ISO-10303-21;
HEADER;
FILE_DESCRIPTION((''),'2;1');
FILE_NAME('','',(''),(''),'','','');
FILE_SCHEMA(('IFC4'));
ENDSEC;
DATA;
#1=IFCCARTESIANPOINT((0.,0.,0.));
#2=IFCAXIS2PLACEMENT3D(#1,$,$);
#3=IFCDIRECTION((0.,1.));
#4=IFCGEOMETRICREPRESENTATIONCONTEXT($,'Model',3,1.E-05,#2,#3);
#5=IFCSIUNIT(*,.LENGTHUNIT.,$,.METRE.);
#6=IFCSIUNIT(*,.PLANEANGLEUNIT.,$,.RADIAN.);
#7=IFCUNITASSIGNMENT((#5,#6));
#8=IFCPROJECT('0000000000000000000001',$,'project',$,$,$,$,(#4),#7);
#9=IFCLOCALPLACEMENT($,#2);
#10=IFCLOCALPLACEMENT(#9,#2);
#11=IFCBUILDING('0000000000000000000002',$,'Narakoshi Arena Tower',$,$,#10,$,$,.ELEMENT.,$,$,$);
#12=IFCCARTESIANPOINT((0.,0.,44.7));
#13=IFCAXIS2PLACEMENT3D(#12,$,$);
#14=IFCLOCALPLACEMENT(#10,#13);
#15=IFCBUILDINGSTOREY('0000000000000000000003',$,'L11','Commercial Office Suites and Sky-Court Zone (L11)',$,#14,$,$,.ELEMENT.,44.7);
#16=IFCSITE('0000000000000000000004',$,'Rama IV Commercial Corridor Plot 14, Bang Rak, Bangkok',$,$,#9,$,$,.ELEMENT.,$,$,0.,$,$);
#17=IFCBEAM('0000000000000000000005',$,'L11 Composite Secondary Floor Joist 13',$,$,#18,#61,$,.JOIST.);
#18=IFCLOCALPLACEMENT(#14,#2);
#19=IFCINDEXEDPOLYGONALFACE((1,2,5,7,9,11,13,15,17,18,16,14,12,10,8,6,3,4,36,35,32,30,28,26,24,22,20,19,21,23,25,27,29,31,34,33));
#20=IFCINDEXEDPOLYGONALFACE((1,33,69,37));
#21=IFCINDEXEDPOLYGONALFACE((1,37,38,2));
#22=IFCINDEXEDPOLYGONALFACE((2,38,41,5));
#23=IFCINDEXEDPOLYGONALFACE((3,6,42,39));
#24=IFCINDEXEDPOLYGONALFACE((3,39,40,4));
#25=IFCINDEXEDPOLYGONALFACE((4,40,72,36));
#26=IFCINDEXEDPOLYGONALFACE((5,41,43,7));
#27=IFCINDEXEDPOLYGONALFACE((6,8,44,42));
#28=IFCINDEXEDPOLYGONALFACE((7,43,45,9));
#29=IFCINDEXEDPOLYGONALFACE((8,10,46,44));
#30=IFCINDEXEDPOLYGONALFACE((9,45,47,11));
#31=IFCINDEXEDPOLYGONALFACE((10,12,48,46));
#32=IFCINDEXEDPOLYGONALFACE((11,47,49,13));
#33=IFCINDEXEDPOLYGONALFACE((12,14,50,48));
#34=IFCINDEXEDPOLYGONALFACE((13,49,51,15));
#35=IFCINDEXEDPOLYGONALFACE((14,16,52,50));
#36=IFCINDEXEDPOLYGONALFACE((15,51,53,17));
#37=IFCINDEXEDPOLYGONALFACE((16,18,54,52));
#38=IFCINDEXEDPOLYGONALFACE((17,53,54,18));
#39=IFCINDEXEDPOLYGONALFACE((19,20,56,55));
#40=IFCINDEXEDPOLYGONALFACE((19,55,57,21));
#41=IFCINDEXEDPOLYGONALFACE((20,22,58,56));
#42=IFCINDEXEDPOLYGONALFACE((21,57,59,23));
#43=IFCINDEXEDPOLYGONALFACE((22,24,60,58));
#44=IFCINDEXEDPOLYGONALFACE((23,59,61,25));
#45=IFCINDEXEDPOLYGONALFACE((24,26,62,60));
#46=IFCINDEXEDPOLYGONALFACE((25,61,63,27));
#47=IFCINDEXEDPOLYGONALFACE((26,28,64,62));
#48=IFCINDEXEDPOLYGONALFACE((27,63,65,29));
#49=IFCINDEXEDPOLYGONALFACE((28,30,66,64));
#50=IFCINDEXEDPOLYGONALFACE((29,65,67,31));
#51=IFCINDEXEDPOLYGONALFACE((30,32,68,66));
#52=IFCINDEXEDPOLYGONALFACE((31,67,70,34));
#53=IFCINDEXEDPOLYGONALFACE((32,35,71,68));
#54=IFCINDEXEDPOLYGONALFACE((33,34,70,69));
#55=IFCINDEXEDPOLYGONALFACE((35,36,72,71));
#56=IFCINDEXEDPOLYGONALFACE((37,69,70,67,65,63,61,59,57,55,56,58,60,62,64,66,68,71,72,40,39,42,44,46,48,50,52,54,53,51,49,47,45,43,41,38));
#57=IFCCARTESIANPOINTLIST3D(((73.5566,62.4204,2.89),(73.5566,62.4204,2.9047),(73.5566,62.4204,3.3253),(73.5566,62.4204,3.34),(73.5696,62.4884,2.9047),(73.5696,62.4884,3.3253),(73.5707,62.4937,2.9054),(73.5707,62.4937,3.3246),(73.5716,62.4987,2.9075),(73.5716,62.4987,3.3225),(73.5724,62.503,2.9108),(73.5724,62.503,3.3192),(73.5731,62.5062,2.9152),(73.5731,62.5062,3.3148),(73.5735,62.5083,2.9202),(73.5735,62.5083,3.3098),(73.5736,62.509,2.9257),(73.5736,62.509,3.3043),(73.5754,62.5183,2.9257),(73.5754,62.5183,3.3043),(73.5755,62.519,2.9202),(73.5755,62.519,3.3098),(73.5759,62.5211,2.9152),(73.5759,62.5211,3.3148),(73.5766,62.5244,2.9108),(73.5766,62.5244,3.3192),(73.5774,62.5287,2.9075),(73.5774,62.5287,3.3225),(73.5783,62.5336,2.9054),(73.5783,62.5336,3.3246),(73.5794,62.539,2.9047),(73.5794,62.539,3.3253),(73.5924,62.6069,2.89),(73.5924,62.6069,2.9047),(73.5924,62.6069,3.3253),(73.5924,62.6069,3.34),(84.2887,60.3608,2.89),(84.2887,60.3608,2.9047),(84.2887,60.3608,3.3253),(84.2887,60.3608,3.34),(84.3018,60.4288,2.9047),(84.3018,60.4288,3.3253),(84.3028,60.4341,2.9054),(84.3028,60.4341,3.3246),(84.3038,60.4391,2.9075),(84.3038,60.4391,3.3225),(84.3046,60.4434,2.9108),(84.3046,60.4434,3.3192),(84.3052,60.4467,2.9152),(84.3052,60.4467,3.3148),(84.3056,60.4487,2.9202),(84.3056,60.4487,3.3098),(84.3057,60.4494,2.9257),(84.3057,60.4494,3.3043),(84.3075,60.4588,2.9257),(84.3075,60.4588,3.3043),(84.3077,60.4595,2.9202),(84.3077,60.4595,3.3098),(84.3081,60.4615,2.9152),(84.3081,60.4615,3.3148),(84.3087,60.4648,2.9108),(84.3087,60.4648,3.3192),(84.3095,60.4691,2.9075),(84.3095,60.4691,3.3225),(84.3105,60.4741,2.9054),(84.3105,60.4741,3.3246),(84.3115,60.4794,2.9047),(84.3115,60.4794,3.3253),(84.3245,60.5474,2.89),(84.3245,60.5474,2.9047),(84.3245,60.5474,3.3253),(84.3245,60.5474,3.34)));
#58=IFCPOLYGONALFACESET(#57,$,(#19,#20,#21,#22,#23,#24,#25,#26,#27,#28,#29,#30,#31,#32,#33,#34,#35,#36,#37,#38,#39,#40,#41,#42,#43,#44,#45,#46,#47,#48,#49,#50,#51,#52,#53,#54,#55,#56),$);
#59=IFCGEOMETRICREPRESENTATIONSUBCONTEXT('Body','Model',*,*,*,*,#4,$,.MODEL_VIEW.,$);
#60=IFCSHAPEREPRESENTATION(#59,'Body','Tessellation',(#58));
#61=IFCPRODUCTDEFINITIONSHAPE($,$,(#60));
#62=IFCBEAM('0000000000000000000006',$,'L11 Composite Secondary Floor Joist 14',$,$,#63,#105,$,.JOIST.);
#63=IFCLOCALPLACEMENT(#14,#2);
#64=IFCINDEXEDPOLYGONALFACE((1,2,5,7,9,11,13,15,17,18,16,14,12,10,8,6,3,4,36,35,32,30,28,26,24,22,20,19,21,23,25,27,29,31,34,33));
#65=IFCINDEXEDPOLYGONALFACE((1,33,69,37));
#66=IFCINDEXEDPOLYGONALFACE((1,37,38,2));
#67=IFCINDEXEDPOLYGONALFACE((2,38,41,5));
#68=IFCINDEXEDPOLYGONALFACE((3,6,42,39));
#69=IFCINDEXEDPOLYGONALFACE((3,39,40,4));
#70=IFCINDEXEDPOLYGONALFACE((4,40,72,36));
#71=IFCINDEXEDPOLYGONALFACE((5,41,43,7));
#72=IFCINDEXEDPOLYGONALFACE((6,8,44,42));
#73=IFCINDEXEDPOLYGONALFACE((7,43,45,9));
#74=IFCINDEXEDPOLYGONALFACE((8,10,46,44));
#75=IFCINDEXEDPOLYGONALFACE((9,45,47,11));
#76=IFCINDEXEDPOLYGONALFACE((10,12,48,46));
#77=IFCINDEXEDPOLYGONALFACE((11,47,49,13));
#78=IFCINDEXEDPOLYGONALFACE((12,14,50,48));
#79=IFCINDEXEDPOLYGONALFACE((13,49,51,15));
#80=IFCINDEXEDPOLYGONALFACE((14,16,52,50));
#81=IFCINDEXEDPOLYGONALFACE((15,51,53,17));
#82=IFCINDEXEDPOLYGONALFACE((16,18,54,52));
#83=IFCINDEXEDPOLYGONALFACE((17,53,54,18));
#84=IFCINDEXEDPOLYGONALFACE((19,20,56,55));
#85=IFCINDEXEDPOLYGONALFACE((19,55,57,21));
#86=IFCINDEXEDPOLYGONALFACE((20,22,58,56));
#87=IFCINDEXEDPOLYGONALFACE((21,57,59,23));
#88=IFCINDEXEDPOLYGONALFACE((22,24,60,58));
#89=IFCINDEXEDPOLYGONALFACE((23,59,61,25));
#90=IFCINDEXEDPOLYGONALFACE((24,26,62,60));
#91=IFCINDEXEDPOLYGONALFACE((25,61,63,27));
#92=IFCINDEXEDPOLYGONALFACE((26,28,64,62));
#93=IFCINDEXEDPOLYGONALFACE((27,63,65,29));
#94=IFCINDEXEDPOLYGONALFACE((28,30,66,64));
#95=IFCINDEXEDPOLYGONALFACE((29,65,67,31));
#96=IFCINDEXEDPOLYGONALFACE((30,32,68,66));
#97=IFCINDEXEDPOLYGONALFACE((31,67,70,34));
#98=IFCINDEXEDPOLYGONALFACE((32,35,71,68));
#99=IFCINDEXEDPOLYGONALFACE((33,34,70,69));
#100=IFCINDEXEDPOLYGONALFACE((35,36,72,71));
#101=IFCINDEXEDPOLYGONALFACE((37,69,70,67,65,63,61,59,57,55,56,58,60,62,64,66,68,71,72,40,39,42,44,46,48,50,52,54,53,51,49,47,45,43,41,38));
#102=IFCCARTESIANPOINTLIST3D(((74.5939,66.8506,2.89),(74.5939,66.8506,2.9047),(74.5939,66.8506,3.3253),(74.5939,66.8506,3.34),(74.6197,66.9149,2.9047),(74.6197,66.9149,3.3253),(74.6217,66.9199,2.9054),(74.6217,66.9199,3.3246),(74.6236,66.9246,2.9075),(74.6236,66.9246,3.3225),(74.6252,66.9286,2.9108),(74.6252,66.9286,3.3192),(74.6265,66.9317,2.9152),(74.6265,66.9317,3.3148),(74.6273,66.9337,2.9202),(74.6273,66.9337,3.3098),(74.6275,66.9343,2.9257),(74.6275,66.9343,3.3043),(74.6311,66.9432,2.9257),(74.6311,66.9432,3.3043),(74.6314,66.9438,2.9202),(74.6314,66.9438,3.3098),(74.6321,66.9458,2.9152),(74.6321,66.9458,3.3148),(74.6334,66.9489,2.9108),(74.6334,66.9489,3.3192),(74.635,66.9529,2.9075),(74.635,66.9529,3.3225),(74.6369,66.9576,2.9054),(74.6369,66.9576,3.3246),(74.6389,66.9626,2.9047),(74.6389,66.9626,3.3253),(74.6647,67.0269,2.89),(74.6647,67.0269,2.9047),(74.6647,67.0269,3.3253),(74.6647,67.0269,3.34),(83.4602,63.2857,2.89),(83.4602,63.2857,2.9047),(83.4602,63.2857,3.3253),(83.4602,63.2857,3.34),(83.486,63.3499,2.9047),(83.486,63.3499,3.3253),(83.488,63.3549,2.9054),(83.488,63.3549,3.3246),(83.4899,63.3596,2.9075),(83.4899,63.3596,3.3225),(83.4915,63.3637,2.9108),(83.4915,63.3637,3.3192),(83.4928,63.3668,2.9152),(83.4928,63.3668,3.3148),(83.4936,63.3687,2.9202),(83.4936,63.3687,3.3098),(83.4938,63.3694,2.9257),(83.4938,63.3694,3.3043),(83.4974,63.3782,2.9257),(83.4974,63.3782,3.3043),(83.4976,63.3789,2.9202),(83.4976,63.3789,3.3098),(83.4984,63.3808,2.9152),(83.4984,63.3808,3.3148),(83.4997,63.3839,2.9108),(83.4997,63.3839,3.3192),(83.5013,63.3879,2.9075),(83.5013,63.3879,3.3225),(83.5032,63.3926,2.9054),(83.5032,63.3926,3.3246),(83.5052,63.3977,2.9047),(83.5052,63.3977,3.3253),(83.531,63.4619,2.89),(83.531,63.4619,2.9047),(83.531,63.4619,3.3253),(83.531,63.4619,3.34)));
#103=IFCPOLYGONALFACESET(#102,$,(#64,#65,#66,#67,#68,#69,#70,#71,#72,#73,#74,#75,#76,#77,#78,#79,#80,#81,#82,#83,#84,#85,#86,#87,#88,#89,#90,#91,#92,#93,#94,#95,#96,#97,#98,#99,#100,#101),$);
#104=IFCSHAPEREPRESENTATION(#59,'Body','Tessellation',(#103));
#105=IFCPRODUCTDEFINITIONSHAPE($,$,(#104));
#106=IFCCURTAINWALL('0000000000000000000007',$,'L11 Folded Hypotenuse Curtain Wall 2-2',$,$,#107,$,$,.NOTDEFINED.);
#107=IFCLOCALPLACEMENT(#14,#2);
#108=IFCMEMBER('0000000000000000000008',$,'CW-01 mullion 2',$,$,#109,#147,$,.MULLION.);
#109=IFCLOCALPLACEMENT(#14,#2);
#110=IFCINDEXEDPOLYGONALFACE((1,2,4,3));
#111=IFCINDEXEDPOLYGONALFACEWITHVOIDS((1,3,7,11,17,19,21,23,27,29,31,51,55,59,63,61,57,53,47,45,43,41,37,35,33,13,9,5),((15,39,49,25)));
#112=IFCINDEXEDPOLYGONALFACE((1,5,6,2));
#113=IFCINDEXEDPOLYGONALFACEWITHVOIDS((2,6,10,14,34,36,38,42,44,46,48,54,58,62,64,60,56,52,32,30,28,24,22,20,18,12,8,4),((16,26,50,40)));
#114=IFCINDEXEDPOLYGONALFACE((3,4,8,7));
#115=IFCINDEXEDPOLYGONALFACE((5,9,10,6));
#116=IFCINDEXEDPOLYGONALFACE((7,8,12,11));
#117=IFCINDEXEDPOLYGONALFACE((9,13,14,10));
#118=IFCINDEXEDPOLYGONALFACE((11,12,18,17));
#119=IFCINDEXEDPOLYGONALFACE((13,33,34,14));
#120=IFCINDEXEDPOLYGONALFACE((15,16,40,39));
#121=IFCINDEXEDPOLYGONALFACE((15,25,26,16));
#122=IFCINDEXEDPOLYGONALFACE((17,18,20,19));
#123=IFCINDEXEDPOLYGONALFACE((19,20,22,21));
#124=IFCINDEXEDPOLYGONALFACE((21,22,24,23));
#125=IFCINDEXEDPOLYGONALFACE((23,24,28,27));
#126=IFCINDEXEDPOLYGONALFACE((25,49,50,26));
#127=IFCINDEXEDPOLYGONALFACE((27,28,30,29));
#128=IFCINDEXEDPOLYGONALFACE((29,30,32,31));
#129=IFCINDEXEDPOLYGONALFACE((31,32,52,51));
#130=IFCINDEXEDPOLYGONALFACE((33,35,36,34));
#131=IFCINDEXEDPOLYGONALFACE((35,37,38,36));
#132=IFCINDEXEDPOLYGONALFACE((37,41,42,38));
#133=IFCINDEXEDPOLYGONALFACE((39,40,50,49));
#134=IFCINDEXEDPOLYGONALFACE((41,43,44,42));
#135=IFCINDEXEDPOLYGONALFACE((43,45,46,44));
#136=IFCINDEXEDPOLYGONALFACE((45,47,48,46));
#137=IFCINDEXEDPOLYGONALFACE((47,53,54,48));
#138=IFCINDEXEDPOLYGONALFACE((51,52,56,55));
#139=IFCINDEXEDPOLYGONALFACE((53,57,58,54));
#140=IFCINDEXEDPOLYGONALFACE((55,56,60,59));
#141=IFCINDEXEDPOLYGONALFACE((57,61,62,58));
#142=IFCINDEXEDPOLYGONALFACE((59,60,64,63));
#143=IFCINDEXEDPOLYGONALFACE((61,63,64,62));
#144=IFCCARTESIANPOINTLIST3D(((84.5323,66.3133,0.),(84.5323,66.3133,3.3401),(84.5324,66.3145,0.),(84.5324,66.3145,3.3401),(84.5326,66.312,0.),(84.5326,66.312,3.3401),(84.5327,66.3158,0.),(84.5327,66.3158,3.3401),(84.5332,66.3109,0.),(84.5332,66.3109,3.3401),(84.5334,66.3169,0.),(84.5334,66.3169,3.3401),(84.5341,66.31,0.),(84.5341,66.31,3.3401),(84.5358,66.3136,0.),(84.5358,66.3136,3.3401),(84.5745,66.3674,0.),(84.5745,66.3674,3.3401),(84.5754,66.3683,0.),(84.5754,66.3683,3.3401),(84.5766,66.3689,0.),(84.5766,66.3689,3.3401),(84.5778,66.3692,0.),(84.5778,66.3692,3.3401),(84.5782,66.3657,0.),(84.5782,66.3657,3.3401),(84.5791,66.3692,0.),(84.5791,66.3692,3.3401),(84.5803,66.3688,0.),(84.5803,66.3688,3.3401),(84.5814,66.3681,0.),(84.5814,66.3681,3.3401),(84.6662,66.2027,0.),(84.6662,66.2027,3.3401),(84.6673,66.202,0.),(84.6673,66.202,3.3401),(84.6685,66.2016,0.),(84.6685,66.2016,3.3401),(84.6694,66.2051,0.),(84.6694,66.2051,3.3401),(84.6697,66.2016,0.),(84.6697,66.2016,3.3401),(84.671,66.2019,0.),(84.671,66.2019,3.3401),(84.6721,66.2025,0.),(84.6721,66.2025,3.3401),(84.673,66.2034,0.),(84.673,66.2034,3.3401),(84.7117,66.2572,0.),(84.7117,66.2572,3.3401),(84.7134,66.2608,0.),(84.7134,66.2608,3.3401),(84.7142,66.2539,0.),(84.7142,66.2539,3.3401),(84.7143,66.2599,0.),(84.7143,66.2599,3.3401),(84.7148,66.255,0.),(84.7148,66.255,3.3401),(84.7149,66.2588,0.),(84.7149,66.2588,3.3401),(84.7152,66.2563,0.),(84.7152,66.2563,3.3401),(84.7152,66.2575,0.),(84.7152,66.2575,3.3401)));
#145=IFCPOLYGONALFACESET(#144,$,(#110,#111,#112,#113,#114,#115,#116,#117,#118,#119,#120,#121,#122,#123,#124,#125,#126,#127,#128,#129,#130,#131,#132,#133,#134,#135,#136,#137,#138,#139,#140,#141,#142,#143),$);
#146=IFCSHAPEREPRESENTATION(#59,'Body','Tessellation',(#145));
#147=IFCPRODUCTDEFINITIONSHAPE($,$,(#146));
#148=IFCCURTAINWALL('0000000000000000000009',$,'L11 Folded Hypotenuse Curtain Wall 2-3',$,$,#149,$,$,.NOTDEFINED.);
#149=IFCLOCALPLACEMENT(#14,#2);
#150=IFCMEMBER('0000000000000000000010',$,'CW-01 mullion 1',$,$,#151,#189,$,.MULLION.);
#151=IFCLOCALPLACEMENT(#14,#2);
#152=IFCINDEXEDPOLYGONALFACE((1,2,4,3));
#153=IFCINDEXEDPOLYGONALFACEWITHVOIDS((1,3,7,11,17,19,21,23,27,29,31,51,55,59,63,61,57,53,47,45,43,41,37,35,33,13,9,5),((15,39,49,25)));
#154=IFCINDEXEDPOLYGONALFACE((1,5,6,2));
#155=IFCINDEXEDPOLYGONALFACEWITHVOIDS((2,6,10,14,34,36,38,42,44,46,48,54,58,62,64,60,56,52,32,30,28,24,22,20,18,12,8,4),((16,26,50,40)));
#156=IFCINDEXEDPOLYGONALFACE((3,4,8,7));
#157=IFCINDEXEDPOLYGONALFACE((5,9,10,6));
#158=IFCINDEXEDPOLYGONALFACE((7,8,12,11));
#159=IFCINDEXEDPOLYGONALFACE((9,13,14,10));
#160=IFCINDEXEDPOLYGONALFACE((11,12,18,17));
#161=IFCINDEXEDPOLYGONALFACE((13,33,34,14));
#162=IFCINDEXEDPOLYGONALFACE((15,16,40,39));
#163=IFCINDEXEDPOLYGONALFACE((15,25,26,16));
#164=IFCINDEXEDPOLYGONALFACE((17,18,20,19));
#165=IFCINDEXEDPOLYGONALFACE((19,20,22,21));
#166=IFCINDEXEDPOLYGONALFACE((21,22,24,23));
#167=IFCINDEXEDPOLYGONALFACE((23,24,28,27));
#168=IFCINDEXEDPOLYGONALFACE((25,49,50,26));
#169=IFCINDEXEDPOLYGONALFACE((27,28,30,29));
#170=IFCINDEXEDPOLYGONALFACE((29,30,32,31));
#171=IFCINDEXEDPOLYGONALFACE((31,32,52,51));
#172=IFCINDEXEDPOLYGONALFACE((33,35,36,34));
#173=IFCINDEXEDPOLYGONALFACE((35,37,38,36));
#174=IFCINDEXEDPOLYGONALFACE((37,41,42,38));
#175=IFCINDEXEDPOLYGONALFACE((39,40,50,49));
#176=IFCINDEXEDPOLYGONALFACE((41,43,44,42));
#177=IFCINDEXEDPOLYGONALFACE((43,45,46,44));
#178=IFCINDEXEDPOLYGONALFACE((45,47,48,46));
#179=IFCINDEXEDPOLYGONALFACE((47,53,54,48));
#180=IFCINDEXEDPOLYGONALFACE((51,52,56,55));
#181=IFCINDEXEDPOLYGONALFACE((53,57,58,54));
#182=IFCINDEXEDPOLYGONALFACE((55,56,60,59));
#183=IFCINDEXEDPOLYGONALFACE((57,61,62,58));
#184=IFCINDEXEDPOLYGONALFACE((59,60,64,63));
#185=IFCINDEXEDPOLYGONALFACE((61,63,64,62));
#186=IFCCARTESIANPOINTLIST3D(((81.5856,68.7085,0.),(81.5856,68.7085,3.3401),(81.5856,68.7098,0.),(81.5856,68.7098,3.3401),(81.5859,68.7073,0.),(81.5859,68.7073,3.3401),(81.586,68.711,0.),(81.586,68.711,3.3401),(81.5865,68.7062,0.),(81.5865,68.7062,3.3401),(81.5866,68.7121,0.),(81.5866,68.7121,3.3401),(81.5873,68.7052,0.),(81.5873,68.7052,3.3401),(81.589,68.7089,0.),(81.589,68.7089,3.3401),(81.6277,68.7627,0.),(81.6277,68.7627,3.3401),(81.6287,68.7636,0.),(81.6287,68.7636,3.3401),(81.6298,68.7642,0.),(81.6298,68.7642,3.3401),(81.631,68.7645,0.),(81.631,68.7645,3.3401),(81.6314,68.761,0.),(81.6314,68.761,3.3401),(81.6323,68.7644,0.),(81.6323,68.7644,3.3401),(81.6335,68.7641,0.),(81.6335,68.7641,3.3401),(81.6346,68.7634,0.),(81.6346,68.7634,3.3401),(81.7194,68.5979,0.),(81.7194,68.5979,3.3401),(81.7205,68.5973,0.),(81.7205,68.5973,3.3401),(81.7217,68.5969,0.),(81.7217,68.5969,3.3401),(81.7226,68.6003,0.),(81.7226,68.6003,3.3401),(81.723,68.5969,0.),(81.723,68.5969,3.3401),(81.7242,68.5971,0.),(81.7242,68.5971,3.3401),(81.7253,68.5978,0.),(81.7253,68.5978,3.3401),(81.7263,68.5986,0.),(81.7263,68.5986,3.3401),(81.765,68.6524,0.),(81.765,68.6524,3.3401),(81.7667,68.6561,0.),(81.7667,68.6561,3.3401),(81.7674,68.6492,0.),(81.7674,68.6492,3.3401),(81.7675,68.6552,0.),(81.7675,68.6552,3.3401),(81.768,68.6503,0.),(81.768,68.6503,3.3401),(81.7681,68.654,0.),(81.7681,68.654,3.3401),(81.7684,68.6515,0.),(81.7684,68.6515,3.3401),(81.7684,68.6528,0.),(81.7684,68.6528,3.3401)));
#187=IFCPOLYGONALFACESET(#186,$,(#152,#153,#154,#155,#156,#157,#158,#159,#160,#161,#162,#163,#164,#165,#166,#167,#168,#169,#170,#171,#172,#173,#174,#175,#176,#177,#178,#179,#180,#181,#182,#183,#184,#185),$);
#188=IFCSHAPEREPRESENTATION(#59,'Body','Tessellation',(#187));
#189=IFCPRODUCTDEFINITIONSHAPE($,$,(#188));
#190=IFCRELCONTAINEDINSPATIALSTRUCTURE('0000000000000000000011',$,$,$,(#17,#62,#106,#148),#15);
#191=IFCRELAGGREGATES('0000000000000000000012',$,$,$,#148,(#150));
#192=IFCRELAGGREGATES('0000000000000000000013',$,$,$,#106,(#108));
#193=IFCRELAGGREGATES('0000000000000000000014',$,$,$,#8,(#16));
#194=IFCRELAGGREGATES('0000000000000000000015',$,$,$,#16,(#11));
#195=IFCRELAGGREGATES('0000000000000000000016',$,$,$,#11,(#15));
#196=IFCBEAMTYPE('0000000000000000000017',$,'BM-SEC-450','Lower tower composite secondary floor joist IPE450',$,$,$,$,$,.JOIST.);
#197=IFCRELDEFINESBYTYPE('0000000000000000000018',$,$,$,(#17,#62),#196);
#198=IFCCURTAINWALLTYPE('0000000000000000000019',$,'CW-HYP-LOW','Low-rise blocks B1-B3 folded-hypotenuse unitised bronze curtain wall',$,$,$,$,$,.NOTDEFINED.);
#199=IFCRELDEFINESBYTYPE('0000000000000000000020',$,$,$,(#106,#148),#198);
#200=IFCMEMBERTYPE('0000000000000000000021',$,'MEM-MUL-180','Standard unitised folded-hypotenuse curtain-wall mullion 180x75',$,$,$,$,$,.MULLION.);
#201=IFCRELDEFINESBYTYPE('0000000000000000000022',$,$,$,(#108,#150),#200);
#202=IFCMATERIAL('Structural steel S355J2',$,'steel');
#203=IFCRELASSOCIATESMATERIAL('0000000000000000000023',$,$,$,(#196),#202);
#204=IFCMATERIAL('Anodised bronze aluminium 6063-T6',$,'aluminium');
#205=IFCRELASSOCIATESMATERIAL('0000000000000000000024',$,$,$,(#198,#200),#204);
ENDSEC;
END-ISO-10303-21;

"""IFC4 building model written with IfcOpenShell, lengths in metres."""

from ifc_helpers import new_model, si_unit, direction, frame, origin, origin_2d, place, context, subcontext, project, spatial, hollow_rectangle, i_section, extrude, material, material_profile, profile_set, type_object, element, aggregate, save


model = new_model("IFC4")

# Units and contexts
model_context = context("Model", 3, precision=1e-05, world=origin(), true_north=direction((0.0, 1.0)))
body_context = subcontext(model_context, "Body", "Model", "MODEL_VIEW")
ifc_project = project(units=[si_unit("LENGTHUNIT", "METRE"), si_unit("PLANEANGLEUNIT", "RADIAN")], contexts=[model_context])

# Site, building, storey
site_placement = place(None, origin())
site = spatial("IfcSite", under=ifc_project, at=site_placement, Name="Rama IV Commercial Corridor Plot 14, Bang Rak, Bangkok", CompositionType="ELEMENT", RefElevation=0.0)
building_placement = place(site_placement, origin())
building = spatial("IfcBuilding", under=site, at=building_placement, Name="Narakoshi Arena Tower", CompositionType="ELEMENT")
storey_placement = place(building_placement, frame((0.0, 0.0, 44.7)))
storey = spatial("IfcBuildingStorey", under=building, at=storey_placement, Name="L11", Description="Commercial Office Suites and Sky-Court Zone (L11)", CompositionType="ELEMENT", Elevation=44.7)

# Beams
ifc_material_1 = material(Name="Structural steel S355J2", Category="steel")
ifc_material_profile_1 = material_profile(ifc_material_1, i_section(OverallWidth=0.1899, OverallDepth=0.45, WebThickness=0.0095, FlangeThickness=0.0146, FilletRadius=0.021, at=origin_2d()), Name="IPE450")
ifc_profile_set_1 = profile_set([ifc_material_profile_1], Name="Structural steel S355J2")
beam_type_1 = type_object("IfcBeamType", Name="BM-SEC-450", Description="Lower tower composite secondary floor joist IPE450", PredefinedType="JOIST", material=ifc_profile_set_1)
beam_1_placement = place(storey_placement, frame((84.3066, 60.4541, 3.115), z_axis=(-0.98208, 0.188467, 0.0), x_axis=(-0.188467, -0.98208, 0.0)))
element("IfcBeam", 1, at=beam_1_placement, inside=storey, type_object=beam_type_1, Name="L11 Composite Secondary Floor Joist 13", PredefinedType="JOIST", context=body_context, shape_type="SweptSolid", body=[
    extrude(i_section(OverallWidth=0.1899, OverallDepth=0.45, WebThickness=0.0095, FlangeThickness=0.0146, FilletRadius=0.021, at=origin_2d()), origin(), (0.0, 0.0, 1.0), 10.928),
])
beam_2_placement = place(storey_placement, frame((83.4956, 63.3738, 3.115), z_axis=(-0.927809, 0.373055, 0.0), x_axis=(-0.373055, -0.927809, 0.0)))
element("IfcBeam", 2, at=beam_2_placement, inside=storey, type_object=beam_type_1, Name="L11 Composite Secondary Floor Joist 14", PredefinedType="JOIST", context=body_context, shape_type="SweptSolid", body=[
    extrude(i_section(OverallWidth=0.1899, OverallDepth=0.45, WebThickness=0.0095, FlangeThickness=0.0146, FilletRadius=0.021, at=origin_2d()), origin(), (0.0, 0.0, 1.0), 9.5562),
])

# Curtain walls, members
ifc_material_2 = material(Name="Anodised bronze aluminium 6063-T6", Category="aluminium")
curtain_wall_type = type_object("IfcCurtainWallType", Name="CW-HYP-LOW", Description="Low-rise blocks B1-B3 folded-hypotenuse unitised bronze curtain wall", PredefinedType="NOTDEFINED", material=ifc_material_2)
curtain_wall_1_placement = place(storey_placement, origin())
curtain_wall_1 = element("IfcCurtainWall", 3, at=curtain_wall_1_placement, inside=storey, type_object=curtain_wall_type, Name="L11 Folded Hypotenuse Curtain Wall 2-2", PredefinedType="NOTDEFINED")
ifc_material_profile_2 = material_profile(ifc_material_2, hollow_rectangle(XDim=0.075, YDim=0.1799, WallThickness=0.0039, OuterFilletRadius=0.0049, at=origin_2d()), Name="MUL180x75x4")
ifc_profile_set_2 = profile_set([ifc_material_profile_2], Name="Anodised bronze aluminium 6063-T6")
member_type_1 = type_object("IfcMemberType", Name="MEM-MUL-180", Description="Standard unitised folded-hypotenuse curtain-wall mullion 180x75", PredefinedType="MULLION", material=ifc_profile_set_2)
member_1_placement = place(storey_placement, frame((84.6238, 66.2854, 0.0), z_axis=(0.0, 0.0, 1.0), x_axis=(-0.630735, -0.775998, 0.0)))
member_1 = element("IfcMember", 4, at=member_1_placement, type_object=member_type_1, Name="CW-01 mullion 2", PredefinedType="MULLION", context=body_context, shape_type="SweptSolid", body=[
    extrude(hollow_rectangle(XDim=0.075, YDim=0.1799, WallThickness=0.0039, OuterFilletRadius=0.0049, at=origin_2d()), origin(), (0.0, 0.0, 1.0), 3.3401),
])
curtain_wall_2_placement = place(storey_placement, origin())
curtain_wall_2 = element("IfcCurtainWall", 5, at=curtain_wall_2_placement, inside=storey, type_object=curtain_wall_type, Name="L11 Folded Hypotenuse Curtain Wall 2-3", PredefinedType="NOTDEFINED")
member_2_placement = place(storey_placement, frame((81.677, 68.6807, 0.0), z_axis=(0.0, 0.0, 1.0), x_axis=(-0.630723, -0.776008, 0.0)))
member_2 = element("IfcMember", 6, at=member_2_placement, type_object=member_type_1, Name="CW-01 mullion 1", PredefinedType="MULLION", context=body_context, shape_type="SweptSolid", body=[
    extrude(hollow_rectangle(XDim=0.075, YDim=0.1799, WallThickness=0.0039, OuterFilletRadius=0.0049, at=origin_2d()), origin(), (0.0, 0.0, 1.0), 3.3401),
])

aggregate(curtain_wall_2, [member_2])

aggregate(curtain_wall_1, [member_1])

save(model, "model.ifc")
